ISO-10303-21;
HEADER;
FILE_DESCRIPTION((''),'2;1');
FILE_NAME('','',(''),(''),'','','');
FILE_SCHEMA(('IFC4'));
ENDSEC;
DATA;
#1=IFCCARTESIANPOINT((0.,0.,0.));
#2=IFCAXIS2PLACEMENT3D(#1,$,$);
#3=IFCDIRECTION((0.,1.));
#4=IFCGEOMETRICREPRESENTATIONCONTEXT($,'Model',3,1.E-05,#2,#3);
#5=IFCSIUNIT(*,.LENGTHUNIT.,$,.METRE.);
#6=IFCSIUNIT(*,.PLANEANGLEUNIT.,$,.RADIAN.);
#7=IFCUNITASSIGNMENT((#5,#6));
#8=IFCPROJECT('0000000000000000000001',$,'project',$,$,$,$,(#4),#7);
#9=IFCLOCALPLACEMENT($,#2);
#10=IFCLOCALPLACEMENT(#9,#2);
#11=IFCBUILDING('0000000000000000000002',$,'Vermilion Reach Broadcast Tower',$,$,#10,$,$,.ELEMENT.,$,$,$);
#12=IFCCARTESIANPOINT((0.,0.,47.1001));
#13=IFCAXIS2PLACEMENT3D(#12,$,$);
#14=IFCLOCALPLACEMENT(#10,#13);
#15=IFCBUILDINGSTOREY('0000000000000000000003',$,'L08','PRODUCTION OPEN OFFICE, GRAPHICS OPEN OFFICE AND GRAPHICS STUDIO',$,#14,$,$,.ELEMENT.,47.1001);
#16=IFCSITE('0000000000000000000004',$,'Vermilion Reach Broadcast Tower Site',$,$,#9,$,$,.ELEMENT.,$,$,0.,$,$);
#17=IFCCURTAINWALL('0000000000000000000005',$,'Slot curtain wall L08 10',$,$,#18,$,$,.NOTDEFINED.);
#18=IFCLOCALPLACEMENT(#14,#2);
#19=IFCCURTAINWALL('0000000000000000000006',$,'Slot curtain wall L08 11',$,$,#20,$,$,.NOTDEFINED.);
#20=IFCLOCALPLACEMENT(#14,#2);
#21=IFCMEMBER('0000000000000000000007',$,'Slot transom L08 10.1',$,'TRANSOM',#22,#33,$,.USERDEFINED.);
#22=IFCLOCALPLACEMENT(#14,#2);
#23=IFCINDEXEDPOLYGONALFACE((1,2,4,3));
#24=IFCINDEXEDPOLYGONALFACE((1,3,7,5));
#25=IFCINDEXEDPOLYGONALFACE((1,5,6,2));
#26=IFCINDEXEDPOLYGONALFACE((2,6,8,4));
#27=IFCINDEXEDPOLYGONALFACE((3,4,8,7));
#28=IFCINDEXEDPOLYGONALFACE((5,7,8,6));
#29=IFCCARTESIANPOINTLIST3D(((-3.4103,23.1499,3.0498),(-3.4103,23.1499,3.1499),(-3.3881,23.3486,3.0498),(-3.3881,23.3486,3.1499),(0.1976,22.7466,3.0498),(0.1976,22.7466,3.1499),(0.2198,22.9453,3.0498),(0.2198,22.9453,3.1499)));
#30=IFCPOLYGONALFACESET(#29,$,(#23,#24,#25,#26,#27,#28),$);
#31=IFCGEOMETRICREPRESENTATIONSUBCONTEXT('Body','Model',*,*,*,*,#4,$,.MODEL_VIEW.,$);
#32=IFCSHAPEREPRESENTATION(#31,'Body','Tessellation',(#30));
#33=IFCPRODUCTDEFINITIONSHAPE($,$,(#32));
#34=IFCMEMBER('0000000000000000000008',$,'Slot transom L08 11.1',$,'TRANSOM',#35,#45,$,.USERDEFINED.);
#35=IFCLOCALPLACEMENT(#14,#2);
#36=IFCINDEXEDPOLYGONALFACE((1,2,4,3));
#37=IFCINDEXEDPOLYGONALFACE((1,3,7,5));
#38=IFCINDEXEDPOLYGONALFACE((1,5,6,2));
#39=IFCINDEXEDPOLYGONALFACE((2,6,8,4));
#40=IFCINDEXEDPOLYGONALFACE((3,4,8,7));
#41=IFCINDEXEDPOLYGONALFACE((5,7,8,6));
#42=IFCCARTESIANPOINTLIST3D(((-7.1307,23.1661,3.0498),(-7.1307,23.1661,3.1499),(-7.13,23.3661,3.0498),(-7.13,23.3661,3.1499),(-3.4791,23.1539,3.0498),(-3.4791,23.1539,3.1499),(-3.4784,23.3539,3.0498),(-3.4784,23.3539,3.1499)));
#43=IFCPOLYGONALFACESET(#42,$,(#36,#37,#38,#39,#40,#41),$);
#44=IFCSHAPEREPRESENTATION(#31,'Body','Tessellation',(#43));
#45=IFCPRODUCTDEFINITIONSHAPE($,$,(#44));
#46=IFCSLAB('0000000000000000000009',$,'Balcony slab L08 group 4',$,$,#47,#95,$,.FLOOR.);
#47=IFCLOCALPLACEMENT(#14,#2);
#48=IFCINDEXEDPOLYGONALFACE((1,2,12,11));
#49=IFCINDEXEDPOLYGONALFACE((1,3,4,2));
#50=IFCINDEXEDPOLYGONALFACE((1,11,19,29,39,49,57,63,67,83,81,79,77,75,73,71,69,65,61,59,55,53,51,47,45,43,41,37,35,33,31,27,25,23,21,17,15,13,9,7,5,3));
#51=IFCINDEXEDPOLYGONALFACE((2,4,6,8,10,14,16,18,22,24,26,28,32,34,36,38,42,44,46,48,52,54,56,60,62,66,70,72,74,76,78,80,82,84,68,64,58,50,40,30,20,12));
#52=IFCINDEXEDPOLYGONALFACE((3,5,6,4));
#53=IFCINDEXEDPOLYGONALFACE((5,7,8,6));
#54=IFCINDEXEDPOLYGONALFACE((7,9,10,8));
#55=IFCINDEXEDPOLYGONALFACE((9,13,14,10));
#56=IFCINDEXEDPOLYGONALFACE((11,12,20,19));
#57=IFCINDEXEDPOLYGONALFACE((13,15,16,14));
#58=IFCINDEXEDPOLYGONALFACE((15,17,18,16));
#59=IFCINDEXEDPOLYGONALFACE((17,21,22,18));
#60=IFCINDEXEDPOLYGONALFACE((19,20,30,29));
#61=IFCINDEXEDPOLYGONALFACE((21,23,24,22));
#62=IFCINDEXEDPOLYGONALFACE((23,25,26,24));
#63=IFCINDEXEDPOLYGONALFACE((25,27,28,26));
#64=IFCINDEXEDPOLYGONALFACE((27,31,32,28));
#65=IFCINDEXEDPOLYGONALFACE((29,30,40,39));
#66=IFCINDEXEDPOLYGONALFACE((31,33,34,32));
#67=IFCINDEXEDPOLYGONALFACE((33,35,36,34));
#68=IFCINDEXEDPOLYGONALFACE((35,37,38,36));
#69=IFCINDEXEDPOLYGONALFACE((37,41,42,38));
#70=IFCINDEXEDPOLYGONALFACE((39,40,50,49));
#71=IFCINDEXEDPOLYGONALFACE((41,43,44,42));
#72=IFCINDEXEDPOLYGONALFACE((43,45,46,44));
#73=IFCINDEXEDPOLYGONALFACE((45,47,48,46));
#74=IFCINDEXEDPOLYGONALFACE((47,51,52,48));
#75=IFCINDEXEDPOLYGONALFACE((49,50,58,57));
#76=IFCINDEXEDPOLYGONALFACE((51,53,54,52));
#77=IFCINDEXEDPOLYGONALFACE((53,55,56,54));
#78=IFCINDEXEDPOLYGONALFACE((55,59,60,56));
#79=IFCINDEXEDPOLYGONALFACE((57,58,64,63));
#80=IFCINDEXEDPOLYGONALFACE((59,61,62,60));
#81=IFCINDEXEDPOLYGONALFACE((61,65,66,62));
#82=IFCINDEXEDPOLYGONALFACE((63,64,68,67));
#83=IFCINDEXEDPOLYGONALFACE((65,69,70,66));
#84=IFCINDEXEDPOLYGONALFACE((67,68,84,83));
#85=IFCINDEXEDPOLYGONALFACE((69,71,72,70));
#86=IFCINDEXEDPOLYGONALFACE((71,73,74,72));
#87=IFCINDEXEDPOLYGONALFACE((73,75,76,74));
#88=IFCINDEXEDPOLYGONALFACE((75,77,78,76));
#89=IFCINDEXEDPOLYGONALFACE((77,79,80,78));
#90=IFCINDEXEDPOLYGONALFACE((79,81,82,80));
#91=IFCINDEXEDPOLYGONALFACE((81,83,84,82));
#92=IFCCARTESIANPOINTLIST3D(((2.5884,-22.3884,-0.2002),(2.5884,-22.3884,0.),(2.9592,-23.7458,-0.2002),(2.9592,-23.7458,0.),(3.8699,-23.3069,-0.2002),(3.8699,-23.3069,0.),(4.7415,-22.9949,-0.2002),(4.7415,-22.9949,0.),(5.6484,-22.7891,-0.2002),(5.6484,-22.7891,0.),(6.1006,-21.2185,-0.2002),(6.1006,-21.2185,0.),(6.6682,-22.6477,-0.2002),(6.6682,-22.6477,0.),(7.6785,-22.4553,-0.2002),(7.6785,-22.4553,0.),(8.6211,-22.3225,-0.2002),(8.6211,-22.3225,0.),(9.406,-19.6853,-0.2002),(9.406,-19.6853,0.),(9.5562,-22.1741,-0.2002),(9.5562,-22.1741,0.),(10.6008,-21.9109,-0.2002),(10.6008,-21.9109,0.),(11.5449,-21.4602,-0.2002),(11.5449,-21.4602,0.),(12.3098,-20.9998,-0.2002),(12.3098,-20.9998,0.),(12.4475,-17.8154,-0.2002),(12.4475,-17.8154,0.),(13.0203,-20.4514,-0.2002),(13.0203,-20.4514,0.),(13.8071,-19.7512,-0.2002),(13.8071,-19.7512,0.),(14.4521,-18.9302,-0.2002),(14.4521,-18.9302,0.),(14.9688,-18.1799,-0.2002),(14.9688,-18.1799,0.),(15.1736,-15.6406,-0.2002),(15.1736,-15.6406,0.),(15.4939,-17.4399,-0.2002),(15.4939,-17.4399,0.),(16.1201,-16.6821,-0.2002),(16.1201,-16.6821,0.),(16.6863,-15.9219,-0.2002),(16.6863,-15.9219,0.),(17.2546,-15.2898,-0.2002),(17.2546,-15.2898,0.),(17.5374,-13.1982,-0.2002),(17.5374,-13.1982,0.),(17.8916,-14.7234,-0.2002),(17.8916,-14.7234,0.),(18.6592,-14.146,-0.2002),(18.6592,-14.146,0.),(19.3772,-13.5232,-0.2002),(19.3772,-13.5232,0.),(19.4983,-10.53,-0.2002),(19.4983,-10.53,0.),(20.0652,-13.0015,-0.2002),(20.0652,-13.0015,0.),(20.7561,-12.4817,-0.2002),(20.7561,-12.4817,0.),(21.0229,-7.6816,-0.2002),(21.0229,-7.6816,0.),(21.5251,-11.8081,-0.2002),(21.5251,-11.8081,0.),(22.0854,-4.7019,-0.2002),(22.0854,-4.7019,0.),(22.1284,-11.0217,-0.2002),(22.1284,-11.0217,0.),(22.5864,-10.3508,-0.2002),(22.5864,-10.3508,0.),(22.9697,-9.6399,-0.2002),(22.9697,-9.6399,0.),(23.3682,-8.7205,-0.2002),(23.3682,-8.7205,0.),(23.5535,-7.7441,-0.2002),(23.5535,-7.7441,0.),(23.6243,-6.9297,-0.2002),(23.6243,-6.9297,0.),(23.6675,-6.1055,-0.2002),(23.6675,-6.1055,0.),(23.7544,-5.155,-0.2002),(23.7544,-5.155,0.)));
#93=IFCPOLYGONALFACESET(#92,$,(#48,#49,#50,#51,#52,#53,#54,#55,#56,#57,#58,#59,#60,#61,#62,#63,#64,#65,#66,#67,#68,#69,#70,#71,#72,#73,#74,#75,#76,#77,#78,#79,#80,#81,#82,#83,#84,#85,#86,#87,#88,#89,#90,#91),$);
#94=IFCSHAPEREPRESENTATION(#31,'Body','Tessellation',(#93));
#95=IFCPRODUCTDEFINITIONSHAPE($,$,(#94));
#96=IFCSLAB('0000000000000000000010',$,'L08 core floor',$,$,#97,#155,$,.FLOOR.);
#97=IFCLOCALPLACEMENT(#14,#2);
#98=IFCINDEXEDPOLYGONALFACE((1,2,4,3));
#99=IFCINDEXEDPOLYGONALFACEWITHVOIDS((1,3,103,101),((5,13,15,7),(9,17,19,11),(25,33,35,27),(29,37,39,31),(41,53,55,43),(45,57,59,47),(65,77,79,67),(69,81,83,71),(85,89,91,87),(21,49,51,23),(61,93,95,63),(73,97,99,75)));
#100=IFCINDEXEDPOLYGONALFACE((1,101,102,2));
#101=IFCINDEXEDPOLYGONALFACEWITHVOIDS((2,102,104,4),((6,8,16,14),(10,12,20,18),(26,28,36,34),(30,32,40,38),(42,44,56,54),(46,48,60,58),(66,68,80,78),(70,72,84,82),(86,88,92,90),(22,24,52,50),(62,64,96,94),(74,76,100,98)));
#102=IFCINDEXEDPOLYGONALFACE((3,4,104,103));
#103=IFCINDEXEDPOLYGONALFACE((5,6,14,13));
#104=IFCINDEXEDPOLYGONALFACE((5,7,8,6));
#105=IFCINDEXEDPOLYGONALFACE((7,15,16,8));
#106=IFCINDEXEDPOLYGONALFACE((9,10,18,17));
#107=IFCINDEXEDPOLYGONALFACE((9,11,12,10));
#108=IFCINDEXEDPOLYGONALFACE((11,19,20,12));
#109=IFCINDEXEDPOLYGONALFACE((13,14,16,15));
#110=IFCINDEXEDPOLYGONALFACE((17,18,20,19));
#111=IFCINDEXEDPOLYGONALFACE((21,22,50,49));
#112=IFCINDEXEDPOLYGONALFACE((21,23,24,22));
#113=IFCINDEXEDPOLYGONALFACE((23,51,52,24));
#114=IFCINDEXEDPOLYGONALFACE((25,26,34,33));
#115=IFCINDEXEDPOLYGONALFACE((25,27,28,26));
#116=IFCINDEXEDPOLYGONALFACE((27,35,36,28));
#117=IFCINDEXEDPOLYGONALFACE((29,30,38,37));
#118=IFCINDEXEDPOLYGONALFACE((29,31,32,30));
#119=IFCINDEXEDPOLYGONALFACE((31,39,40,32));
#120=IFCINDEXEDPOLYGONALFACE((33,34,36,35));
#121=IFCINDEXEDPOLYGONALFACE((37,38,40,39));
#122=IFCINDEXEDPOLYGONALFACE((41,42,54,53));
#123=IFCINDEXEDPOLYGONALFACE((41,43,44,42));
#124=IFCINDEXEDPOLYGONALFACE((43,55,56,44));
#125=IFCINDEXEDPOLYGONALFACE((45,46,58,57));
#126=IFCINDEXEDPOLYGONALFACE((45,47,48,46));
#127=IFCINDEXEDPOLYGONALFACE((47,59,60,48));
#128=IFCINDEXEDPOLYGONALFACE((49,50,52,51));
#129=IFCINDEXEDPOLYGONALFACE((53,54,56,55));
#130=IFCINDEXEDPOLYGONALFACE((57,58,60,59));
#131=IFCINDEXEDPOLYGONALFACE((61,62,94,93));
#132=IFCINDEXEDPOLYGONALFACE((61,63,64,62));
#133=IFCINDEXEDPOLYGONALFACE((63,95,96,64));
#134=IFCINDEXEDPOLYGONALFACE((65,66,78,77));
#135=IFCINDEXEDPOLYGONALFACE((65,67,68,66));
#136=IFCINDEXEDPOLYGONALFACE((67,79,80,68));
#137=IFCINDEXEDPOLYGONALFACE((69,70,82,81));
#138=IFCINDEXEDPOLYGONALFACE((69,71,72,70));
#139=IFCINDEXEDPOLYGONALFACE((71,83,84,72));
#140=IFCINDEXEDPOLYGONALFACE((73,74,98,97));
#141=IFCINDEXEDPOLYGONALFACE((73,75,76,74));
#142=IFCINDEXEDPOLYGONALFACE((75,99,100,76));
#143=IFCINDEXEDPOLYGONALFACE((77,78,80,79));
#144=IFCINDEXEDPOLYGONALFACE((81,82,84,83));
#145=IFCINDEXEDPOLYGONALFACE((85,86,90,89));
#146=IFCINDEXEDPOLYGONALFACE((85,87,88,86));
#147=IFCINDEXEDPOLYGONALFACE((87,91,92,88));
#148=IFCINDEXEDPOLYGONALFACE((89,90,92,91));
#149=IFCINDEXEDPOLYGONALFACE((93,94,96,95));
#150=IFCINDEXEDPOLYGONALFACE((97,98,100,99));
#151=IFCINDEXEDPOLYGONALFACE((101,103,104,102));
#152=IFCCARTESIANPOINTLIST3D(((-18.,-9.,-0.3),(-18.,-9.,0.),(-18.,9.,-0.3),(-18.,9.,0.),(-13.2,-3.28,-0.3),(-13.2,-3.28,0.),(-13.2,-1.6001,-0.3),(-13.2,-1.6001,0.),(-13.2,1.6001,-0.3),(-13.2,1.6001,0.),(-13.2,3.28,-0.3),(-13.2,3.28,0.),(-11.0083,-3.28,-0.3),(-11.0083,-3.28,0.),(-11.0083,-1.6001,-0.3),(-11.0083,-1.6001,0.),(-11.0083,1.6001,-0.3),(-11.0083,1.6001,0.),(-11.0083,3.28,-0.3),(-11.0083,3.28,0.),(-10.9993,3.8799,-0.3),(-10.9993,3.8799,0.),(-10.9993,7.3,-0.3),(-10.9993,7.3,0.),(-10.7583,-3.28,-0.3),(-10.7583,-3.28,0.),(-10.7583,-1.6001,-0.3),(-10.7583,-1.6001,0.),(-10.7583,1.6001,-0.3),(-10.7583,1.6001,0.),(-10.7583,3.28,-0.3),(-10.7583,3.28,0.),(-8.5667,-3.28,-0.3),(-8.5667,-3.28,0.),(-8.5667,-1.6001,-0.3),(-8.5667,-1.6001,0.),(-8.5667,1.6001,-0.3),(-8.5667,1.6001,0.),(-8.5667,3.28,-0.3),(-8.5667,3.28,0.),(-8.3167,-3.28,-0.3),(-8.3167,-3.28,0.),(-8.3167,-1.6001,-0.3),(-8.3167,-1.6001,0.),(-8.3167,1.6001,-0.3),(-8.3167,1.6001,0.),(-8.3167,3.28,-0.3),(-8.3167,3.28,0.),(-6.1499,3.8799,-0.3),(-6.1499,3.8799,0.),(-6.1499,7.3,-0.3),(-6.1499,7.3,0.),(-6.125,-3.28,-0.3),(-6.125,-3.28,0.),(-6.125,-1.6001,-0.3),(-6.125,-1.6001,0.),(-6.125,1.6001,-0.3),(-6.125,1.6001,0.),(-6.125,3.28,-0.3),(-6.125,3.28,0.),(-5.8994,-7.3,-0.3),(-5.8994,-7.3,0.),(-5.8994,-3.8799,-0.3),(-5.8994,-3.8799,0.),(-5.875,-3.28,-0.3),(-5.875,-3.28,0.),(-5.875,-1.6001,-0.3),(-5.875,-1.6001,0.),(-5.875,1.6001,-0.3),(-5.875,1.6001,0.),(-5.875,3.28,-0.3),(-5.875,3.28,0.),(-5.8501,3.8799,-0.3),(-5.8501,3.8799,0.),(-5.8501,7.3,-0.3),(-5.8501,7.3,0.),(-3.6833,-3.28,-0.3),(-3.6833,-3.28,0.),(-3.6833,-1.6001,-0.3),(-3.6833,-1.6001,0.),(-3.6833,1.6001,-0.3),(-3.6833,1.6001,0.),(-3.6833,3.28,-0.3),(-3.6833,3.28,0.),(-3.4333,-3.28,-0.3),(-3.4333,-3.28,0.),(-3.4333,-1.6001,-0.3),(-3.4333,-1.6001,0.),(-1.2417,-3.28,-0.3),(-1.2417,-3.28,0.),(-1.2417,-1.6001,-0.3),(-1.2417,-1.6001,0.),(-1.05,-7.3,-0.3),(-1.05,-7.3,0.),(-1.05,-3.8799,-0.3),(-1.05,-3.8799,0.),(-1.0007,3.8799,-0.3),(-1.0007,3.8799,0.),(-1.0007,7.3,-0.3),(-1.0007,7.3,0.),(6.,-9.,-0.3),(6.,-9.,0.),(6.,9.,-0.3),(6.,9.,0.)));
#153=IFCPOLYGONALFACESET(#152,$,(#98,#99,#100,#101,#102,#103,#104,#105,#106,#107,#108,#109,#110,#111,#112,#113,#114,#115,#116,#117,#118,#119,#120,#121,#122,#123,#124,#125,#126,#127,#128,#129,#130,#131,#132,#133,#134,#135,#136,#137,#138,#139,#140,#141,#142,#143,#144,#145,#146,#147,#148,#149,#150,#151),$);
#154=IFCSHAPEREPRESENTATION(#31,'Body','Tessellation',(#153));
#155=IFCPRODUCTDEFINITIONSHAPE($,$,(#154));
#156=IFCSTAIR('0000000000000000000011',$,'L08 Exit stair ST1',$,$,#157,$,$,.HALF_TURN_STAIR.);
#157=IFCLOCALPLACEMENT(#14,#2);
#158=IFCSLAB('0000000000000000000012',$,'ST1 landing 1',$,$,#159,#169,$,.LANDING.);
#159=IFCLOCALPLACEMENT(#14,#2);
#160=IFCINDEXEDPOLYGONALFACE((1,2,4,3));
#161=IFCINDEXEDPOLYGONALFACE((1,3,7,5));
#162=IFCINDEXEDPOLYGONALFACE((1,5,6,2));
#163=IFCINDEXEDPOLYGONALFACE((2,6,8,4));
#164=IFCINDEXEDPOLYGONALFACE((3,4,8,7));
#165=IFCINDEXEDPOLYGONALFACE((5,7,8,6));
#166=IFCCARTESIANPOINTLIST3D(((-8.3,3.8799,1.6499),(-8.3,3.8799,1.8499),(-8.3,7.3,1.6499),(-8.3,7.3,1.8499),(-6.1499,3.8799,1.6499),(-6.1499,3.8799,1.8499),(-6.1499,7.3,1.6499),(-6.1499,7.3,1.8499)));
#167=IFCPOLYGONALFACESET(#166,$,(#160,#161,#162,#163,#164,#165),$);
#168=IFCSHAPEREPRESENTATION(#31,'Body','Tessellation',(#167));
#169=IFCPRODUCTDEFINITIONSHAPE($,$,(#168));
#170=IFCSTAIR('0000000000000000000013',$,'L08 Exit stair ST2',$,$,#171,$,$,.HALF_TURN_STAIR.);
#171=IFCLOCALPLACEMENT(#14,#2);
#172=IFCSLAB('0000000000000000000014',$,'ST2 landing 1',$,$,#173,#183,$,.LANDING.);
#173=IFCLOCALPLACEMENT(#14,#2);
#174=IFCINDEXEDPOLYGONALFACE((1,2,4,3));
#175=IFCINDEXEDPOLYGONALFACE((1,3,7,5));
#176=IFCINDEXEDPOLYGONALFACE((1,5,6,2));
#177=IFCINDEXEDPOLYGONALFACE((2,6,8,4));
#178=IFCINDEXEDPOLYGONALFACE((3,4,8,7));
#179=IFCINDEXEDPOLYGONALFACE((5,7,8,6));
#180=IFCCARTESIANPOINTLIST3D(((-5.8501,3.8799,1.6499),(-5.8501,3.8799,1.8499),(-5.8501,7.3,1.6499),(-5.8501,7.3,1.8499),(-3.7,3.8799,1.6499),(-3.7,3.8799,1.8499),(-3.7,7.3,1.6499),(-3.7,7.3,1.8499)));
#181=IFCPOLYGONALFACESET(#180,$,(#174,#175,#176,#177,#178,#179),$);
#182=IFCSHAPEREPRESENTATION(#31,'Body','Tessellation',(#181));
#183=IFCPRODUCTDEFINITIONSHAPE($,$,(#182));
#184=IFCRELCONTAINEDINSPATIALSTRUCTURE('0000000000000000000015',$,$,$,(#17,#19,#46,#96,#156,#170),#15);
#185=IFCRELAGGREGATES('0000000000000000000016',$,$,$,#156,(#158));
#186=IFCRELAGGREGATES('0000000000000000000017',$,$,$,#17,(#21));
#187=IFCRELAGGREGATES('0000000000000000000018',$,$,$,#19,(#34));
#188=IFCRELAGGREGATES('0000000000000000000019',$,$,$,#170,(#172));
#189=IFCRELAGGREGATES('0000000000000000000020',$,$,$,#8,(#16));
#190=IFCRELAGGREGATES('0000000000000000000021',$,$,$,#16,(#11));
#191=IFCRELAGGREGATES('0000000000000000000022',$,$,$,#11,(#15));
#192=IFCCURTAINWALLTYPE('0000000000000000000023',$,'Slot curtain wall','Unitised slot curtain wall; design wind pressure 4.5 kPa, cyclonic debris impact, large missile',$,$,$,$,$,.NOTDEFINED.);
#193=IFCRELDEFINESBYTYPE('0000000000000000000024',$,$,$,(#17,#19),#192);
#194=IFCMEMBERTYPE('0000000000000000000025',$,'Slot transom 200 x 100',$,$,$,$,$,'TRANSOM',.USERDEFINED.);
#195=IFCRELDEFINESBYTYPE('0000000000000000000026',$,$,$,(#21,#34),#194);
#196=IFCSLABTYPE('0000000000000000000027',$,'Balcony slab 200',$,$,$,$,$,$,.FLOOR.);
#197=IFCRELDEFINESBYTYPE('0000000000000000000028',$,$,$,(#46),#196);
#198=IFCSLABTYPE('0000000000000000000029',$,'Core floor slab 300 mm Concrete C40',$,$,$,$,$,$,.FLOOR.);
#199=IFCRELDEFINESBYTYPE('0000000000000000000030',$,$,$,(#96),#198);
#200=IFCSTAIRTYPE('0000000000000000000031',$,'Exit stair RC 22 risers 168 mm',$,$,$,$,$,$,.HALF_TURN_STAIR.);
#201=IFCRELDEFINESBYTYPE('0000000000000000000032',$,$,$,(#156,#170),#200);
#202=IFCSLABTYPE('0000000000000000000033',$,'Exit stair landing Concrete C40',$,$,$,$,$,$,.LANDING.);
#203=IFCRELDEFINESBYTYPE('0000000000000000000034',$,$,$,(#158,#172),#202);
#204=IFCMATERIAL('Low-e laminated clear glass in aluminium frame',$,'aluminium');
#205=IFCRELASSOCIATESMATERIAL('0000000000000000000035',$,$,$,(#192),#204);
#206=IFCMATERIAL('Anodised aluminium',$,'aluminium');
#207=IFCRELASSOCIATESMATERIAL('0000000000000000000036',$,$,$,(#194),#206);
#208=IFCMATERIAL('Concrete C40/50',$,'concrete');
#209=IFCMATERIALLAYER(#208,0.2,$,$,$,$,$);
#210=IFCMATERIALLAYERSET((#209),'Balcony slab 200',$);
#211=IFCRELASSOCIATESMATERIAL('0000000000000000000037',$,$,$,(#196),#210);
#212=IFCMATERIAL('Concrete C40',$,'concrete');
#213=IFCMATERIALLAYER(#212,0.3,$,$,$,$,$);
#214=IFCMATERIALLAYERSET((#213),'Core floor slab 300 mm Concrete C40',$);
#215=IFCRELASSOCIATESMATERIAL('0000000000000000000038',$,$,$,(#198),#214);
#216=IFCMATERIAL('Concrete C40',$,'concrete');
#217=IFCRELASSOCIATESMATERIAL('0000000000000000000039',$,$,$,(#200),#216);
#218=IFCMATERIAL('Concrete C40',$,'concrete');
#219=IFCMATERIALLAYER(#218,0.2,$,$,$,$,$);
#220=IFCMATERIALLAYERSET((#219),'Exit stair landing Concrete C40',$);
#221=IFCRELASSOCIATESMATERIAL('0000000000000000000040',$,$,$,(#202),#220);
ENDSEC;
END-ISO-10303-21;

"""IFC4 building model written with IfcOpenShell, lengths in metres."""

from ifc_helpers import new_model, si_unit, direction, frame, origin, origin_2d, place, context, subcontext, project, spatial, polyline, rectangle, outline, extrude, material, layer, layer_set, material_profile, profile_set, type_object, element, aggregate, save


model = new_model("IFC4")

# Units and contexts
model_context = context("Model", 3, precision=1e-05, world=origin(), true_north=direction((0.0, 1.0)))
body_context = subcontext(model_context, "Body", "Model", "MODEL_VIEW")
ifc_project = project(units=[si_unit("LENGTHUNIT", "METRE"), si_unit("PLANEANGLEUNIT", "RADIAN")], contexts=[model_context])

# Site, building, storey
site_placement = place(None, origin())
site = spatial("IfcSite", under=ifc_project, at=site_placement, Name="Vermilion Reach Broadcast Tower Site", CompositionType="ELEMENT", RefElevation=0.0)
building_placement = place(site_placement, origin())
building = spatial("IfcBuilding", under=site, at=building_placement, Name="Vermilion Reach Broadcast Tower", CompositionType="ELEMENT")
storey_placement = place(building_placement, frame((0.0, 0.0, 47.1001)))
storey = spatial("IfcBuildingStorey", under=building, at=storey_placement, Name="L08", Description="PRODUCTION OPEN OFFICE, GRAPHICS OPEN OFFICE AND GRAPHICS STUDIO", CompositionType="ELEMENT", Elevation=47.1001)

# Curtain walls
ifc_material_1 = material(Name="Low-e laminated clear glass in aluminium frame", Category="aluminium")
curtain_wall_type = type_object("IfcCurtainWallType", Name="Slot curtain wall", Description="Unitised slot curtain wall; design wind pressure 4.5 kPa, cyclonic debris impact, large missile", PredefinedType="NOTDEFINED", material=ifc_material_1)
placement_1 = place(storey_placement, origin())
curtain_wall_1 = element("IfcCurtainWall", 1, at=placement_1, inside=storey, type_object=curtain_wall_type, Name="Slot curtain wall L08 10", PredefinedType="NOTDEFINED")
curtain_wall_2 = element("IfcCurtainWall", 2, at=placement_1, inside=storey, type_object=curtain_wall_type, Name="Slot curtain wall L08 11", PredefinedType="NOTDEFINED")

# Members
ifc_material_2 = material(Name="Anodised aluminium", Category="aluminium")
ifc_material_profile_1 = material_profile(ifc_material_2, rectangle(XDim=0.2, YDim=0.1001, at=origin_2d()), Name="Slot transom 200 x 100")
ifc_profile_set_1 = profile_set([ifc_material_profile_1], Name="Anodised aluminium")
member_type_1 = type_object("IfcMemberType", Name="Slot transom 200 x 100", ElementType="TRANSOM", PredefinedType="USERDEFINED", material=ifc_profile_set_1)
member_1_placement = place(storey_placement, frame((0.2087, 22.8459, 3.0999), z_axis=(-0.99381, 0.111096, 0.0), x_axis=(-0.111096, -0.99381, 0.0)))
member_1 = element("IfcMember", 3, at=member_1_placement, type_object=member_type_1, Name="Slot transom L08 10.1", ObjectType="TRANSOM", PredefinedType="USERDEFINED", context=body_context, shape_type="SweptSolid", body=[
    extrude(rectangle(XDim=0.2, YDim=0.1001, at=origin_2d()), origin(), (0.0, 0.0, 1.0), 3.6304),
])
member_2_placement = place(storey_placement, frame((-3.4788, 23.2539, 3.0999), z_axis=(-0.999994, 0.003343, 0.0), x_axis=(-0.003343, -0.999994, 0.0)))
member_2 = element("IfcMember", 4, at=member_2_placement, type_object=member_type_1, Name="Slot transom L08 11.1", ObjectType="TRANSOM", PredefinedType="USERDEFINED", context=body_context, shape_type="SweptSolid", body=[
    extrude(rectangle(XDim=0.2, YDim=0.1001, at=origin_2d()), origin(), (0.0, 0.0, 1.0), 3.6516),
])

# Slabs
ifc_material_3 = material(Name="Concrete C40/50", Category="concrete")
ifc_layer_1 = layer(ifc_material_3, 0.2)
ifc_layer_set_1 = layer_set([ifc_layer_1], Name="Balcony slab 200")
slab_type_1 = type_object("IfcSlabType", Name="Balcony slab 200", PredefinedType="FLOOR", material=ifc_layer_set_1)
slab_1_placement = place(storey_placement, frame((0.0, 0.0, -0.2002)))
element("IfcSlab", 5, at=slab_1_placement, inside=storey, type_object=slab_type_1, Name="Balcony slab L08 group 4", PredefinedType="FLOOR", context=body_context, shape_type="SweptSolid", body=[
    extrude(outline(polyline([(2.5884, -22.3884), (6.1006, -21.2185), (9.406, -19.6853), (12.4475, -17.8154), (15.1736, -15.6406), (17.5374, -13.1982), (19.4983, -10.53), (21.0229, -7.6816), (22.0854, -4.7019), (23.7544, -5.155), (23.6675, -6.1055), (23.6243, -6.9297), (23.5535, -7.7441), (23.3682, -8.7205), (22.9697, -9.6399), (22.5864, -10.3508), (22.1284, -11.0217), (21.5251, -11.8081), (20.7561, -12.4817), (20.0652, -13.0015), (19.3772, -13.5232), (18.6592, -14.146), (17.8916, -14.7234), (17.2546, -15.2898), (16.6863, -15.9219), (16.1201, -16.6821), (15.4939, -17.4399), (14.9688, -18.1799), (14.4521, -18.9302), (13.8071, -19.7512), (13.0203, -20.4514), (12.3098, -20.9998), (11.5449, -21.4602), (10.6008, -21.9109), (9.5562, -22.1741), (8.6211, -22.3225), (7.6785, -22.4553), (6.6682, -22.6477), (5.6484, -22.7891), (4.7415, -22.9949), (3.8699, -23.3069), (2.9592, -23.7458), (2.5884, -22.3884)])), origin(), (0.0, 0.0, 1.0), 0.2002),
])
ifc_material_4 = material(Name="Concrete C40", Category="concrete")
ifc_layer_2 = layer(ifc_material_4, 0.3)
ifc_layer_set_2 = layer_set([ifc_layer_2], Name="Core floor slab 300 mm Concrete C40")
slab_type_2 = type_object("IfcSlabType", Name="Core floor slab 300 mm Concrete C40", PredefinedType="FLOOR", material=ifc_layer_set_2)
slab_2_placement = place(storey_placement, frame((0.0, 0.0, -0.3)))
element("IfcSlab", 6, at=slab_2_placement, inside=storey, type_object=slab_type_2, Name="L08 core floor", PredefinedType="FLOOR", context=body_context, shape_type="SweptSolid", body=[
    extrude(outline(polyline([(-18.0, -9.0), (6.0, -9.0), (6.0, 9.0), (-18.0, 9.0), (-18.0, -9.0)]), holes=[polyline([(-13.2, 1.6001), (-11.0083, 1.6001), (-11.0083, 3.28), (-13.2, 3.28), (-13.2, 1.6001)]), polyline([(-10.7583, 1.6001), (-8.5667, 1.6001), (-8.5667, 3.28), (-10.7583, 3.28), (-10.7583, 1.6001)]), polyline([(-8.3167, 1.6001), (-6.125, 1.6001), (-6.125, 3.28), (-8.3167, 3.28), (-8.3167, 1.6001)]), polyline([(-5.875, 1.6001), (-3.6833, 1.6001), (-3.6833, 3.28), (-5.875, 3.28), (-5.875, 1.6001)]), polyline([(-13.2, -3.28), (-11.0083, -3.28), (-11.0083, -1.6001), (-13.2, -1.6001), (-13.2, -3.28)]), polyline([(-10.7583, -3.28), (-8.5667, -3.28), (-8.5667, -1.6001), (-10.7583, -1.6001), (-10.7583, -3.28)]), polyline([(-8.3167, -3.28), (-6.125, -3.28), (-6.125, -1.6001), (-8.3167, -1.6001), (-8.3167, -3.28)]), polyline([(-5.875, -3.28), (-3.6833, -3.28), (-3.6833, -1.6001), (-5.875, -1.6001), (-5.875, -3.28)]), polyline([(-3.4333, -3.28), (-1.2417, -3.28), (-1.2417, -1.6001), (-3.4333, -1.6001), (-3.4333, -3.28)]), polyline([(-10.9993, 3.8799), (-6.1499, 3.8799), (-6.1499, 7.3), (-10.9993, 7.3), (-10.9993, 3.8799)]), polyline([(-1.0007, 7.3), (-5.8501, 7.3), (-5.8501, 3.8799), (-1.0007, 3.8799), (-1.0007, 7.3)]), polyline([(-5.8994, -7.3), (-1.05, -7.3), (-1.05, -3.8799), (-5.8994, -3.8799), (-5.8994, -7.3)])]), origin(), (0.0, 0.0, 1.0), 0.3),
])

# Stairs, slabs
ifc_material_5 = material(Name="Concrete C40", Category="concrete")
stair_type = type_object("IfcStairType", Name="Exit stair RC 22 risers 168 mm", PredefinedType="HALF_TURN_STAIR", material=ifc_material_5)
stair_1 = element("IfcStair", 7, at=placement_1, inside=storey, type_object=stair_type, Name="L08 Exit stair ST1", PredefinedType="HALF_TURN_STAIR")
ifc_material_6 = material(Name="Concrete C40", Category="concrete")
ifc_layer_3 = layer(ifc_material_6, 0.2)
ifc_layer_set_3 = layer_set([ifc_layer_3], Name="Exit stair landing Concrete C40")
slab_type_3 = type_object("IfcSlabType", Name="Exit stair landing Concrete C40", PredefinedType="LANDING", material=ifc_layer_set_3)
placement_2 = place(storey_placement, frame((0.0, 0.0, 1.6499)))
slab_3 = element("IfcSlab", 8, at=placement_2, type_object=slab_type_3, Name="ST1 landing 1", PredefinedType="LANDING", context=body_context, shape_type="SweptSolid", body=[
    extrude(outline(polyline([(-8.3, 3.8799), (-6.1499, 3.8799), (-6.1499, 7.3), (-8.3, 7.3), (-8.3, 3.8799)])), origin(), (0.0, 0.0, 1.0), 0.2),
])
aggregate(stair_1, [slab_3])
stair_2 = element("IfcStair", 9, at=placement_1, inside=storey, type_object=stair_type, Name="L08 Exit stair ST2", PredefinedType="HALF_TURN_STAIR")
slab_4 = element("IfcSlab", 10, at=placement_2, type_object=slab_type_3, Name="ST2 landing 1", PredefinedType="LANDING", context=body_context, shape_type="SweptSolid", body=[
    extrude(outline(polyline([(-3.7, 7.3), (-5.8501, 7.3), (-5.8501, 3.8799), (-3.7, 3.8799), (-3.7, 7.3)])), origin(), (0.0, 0.0, 1.0), 0.2),
])

aggregate(curtain_wall_1, [member_1])
aggregate(curtain_wall_2, [member_2])

aggregate(stair_2, [slab_4])

save(model, "model.ifc")
